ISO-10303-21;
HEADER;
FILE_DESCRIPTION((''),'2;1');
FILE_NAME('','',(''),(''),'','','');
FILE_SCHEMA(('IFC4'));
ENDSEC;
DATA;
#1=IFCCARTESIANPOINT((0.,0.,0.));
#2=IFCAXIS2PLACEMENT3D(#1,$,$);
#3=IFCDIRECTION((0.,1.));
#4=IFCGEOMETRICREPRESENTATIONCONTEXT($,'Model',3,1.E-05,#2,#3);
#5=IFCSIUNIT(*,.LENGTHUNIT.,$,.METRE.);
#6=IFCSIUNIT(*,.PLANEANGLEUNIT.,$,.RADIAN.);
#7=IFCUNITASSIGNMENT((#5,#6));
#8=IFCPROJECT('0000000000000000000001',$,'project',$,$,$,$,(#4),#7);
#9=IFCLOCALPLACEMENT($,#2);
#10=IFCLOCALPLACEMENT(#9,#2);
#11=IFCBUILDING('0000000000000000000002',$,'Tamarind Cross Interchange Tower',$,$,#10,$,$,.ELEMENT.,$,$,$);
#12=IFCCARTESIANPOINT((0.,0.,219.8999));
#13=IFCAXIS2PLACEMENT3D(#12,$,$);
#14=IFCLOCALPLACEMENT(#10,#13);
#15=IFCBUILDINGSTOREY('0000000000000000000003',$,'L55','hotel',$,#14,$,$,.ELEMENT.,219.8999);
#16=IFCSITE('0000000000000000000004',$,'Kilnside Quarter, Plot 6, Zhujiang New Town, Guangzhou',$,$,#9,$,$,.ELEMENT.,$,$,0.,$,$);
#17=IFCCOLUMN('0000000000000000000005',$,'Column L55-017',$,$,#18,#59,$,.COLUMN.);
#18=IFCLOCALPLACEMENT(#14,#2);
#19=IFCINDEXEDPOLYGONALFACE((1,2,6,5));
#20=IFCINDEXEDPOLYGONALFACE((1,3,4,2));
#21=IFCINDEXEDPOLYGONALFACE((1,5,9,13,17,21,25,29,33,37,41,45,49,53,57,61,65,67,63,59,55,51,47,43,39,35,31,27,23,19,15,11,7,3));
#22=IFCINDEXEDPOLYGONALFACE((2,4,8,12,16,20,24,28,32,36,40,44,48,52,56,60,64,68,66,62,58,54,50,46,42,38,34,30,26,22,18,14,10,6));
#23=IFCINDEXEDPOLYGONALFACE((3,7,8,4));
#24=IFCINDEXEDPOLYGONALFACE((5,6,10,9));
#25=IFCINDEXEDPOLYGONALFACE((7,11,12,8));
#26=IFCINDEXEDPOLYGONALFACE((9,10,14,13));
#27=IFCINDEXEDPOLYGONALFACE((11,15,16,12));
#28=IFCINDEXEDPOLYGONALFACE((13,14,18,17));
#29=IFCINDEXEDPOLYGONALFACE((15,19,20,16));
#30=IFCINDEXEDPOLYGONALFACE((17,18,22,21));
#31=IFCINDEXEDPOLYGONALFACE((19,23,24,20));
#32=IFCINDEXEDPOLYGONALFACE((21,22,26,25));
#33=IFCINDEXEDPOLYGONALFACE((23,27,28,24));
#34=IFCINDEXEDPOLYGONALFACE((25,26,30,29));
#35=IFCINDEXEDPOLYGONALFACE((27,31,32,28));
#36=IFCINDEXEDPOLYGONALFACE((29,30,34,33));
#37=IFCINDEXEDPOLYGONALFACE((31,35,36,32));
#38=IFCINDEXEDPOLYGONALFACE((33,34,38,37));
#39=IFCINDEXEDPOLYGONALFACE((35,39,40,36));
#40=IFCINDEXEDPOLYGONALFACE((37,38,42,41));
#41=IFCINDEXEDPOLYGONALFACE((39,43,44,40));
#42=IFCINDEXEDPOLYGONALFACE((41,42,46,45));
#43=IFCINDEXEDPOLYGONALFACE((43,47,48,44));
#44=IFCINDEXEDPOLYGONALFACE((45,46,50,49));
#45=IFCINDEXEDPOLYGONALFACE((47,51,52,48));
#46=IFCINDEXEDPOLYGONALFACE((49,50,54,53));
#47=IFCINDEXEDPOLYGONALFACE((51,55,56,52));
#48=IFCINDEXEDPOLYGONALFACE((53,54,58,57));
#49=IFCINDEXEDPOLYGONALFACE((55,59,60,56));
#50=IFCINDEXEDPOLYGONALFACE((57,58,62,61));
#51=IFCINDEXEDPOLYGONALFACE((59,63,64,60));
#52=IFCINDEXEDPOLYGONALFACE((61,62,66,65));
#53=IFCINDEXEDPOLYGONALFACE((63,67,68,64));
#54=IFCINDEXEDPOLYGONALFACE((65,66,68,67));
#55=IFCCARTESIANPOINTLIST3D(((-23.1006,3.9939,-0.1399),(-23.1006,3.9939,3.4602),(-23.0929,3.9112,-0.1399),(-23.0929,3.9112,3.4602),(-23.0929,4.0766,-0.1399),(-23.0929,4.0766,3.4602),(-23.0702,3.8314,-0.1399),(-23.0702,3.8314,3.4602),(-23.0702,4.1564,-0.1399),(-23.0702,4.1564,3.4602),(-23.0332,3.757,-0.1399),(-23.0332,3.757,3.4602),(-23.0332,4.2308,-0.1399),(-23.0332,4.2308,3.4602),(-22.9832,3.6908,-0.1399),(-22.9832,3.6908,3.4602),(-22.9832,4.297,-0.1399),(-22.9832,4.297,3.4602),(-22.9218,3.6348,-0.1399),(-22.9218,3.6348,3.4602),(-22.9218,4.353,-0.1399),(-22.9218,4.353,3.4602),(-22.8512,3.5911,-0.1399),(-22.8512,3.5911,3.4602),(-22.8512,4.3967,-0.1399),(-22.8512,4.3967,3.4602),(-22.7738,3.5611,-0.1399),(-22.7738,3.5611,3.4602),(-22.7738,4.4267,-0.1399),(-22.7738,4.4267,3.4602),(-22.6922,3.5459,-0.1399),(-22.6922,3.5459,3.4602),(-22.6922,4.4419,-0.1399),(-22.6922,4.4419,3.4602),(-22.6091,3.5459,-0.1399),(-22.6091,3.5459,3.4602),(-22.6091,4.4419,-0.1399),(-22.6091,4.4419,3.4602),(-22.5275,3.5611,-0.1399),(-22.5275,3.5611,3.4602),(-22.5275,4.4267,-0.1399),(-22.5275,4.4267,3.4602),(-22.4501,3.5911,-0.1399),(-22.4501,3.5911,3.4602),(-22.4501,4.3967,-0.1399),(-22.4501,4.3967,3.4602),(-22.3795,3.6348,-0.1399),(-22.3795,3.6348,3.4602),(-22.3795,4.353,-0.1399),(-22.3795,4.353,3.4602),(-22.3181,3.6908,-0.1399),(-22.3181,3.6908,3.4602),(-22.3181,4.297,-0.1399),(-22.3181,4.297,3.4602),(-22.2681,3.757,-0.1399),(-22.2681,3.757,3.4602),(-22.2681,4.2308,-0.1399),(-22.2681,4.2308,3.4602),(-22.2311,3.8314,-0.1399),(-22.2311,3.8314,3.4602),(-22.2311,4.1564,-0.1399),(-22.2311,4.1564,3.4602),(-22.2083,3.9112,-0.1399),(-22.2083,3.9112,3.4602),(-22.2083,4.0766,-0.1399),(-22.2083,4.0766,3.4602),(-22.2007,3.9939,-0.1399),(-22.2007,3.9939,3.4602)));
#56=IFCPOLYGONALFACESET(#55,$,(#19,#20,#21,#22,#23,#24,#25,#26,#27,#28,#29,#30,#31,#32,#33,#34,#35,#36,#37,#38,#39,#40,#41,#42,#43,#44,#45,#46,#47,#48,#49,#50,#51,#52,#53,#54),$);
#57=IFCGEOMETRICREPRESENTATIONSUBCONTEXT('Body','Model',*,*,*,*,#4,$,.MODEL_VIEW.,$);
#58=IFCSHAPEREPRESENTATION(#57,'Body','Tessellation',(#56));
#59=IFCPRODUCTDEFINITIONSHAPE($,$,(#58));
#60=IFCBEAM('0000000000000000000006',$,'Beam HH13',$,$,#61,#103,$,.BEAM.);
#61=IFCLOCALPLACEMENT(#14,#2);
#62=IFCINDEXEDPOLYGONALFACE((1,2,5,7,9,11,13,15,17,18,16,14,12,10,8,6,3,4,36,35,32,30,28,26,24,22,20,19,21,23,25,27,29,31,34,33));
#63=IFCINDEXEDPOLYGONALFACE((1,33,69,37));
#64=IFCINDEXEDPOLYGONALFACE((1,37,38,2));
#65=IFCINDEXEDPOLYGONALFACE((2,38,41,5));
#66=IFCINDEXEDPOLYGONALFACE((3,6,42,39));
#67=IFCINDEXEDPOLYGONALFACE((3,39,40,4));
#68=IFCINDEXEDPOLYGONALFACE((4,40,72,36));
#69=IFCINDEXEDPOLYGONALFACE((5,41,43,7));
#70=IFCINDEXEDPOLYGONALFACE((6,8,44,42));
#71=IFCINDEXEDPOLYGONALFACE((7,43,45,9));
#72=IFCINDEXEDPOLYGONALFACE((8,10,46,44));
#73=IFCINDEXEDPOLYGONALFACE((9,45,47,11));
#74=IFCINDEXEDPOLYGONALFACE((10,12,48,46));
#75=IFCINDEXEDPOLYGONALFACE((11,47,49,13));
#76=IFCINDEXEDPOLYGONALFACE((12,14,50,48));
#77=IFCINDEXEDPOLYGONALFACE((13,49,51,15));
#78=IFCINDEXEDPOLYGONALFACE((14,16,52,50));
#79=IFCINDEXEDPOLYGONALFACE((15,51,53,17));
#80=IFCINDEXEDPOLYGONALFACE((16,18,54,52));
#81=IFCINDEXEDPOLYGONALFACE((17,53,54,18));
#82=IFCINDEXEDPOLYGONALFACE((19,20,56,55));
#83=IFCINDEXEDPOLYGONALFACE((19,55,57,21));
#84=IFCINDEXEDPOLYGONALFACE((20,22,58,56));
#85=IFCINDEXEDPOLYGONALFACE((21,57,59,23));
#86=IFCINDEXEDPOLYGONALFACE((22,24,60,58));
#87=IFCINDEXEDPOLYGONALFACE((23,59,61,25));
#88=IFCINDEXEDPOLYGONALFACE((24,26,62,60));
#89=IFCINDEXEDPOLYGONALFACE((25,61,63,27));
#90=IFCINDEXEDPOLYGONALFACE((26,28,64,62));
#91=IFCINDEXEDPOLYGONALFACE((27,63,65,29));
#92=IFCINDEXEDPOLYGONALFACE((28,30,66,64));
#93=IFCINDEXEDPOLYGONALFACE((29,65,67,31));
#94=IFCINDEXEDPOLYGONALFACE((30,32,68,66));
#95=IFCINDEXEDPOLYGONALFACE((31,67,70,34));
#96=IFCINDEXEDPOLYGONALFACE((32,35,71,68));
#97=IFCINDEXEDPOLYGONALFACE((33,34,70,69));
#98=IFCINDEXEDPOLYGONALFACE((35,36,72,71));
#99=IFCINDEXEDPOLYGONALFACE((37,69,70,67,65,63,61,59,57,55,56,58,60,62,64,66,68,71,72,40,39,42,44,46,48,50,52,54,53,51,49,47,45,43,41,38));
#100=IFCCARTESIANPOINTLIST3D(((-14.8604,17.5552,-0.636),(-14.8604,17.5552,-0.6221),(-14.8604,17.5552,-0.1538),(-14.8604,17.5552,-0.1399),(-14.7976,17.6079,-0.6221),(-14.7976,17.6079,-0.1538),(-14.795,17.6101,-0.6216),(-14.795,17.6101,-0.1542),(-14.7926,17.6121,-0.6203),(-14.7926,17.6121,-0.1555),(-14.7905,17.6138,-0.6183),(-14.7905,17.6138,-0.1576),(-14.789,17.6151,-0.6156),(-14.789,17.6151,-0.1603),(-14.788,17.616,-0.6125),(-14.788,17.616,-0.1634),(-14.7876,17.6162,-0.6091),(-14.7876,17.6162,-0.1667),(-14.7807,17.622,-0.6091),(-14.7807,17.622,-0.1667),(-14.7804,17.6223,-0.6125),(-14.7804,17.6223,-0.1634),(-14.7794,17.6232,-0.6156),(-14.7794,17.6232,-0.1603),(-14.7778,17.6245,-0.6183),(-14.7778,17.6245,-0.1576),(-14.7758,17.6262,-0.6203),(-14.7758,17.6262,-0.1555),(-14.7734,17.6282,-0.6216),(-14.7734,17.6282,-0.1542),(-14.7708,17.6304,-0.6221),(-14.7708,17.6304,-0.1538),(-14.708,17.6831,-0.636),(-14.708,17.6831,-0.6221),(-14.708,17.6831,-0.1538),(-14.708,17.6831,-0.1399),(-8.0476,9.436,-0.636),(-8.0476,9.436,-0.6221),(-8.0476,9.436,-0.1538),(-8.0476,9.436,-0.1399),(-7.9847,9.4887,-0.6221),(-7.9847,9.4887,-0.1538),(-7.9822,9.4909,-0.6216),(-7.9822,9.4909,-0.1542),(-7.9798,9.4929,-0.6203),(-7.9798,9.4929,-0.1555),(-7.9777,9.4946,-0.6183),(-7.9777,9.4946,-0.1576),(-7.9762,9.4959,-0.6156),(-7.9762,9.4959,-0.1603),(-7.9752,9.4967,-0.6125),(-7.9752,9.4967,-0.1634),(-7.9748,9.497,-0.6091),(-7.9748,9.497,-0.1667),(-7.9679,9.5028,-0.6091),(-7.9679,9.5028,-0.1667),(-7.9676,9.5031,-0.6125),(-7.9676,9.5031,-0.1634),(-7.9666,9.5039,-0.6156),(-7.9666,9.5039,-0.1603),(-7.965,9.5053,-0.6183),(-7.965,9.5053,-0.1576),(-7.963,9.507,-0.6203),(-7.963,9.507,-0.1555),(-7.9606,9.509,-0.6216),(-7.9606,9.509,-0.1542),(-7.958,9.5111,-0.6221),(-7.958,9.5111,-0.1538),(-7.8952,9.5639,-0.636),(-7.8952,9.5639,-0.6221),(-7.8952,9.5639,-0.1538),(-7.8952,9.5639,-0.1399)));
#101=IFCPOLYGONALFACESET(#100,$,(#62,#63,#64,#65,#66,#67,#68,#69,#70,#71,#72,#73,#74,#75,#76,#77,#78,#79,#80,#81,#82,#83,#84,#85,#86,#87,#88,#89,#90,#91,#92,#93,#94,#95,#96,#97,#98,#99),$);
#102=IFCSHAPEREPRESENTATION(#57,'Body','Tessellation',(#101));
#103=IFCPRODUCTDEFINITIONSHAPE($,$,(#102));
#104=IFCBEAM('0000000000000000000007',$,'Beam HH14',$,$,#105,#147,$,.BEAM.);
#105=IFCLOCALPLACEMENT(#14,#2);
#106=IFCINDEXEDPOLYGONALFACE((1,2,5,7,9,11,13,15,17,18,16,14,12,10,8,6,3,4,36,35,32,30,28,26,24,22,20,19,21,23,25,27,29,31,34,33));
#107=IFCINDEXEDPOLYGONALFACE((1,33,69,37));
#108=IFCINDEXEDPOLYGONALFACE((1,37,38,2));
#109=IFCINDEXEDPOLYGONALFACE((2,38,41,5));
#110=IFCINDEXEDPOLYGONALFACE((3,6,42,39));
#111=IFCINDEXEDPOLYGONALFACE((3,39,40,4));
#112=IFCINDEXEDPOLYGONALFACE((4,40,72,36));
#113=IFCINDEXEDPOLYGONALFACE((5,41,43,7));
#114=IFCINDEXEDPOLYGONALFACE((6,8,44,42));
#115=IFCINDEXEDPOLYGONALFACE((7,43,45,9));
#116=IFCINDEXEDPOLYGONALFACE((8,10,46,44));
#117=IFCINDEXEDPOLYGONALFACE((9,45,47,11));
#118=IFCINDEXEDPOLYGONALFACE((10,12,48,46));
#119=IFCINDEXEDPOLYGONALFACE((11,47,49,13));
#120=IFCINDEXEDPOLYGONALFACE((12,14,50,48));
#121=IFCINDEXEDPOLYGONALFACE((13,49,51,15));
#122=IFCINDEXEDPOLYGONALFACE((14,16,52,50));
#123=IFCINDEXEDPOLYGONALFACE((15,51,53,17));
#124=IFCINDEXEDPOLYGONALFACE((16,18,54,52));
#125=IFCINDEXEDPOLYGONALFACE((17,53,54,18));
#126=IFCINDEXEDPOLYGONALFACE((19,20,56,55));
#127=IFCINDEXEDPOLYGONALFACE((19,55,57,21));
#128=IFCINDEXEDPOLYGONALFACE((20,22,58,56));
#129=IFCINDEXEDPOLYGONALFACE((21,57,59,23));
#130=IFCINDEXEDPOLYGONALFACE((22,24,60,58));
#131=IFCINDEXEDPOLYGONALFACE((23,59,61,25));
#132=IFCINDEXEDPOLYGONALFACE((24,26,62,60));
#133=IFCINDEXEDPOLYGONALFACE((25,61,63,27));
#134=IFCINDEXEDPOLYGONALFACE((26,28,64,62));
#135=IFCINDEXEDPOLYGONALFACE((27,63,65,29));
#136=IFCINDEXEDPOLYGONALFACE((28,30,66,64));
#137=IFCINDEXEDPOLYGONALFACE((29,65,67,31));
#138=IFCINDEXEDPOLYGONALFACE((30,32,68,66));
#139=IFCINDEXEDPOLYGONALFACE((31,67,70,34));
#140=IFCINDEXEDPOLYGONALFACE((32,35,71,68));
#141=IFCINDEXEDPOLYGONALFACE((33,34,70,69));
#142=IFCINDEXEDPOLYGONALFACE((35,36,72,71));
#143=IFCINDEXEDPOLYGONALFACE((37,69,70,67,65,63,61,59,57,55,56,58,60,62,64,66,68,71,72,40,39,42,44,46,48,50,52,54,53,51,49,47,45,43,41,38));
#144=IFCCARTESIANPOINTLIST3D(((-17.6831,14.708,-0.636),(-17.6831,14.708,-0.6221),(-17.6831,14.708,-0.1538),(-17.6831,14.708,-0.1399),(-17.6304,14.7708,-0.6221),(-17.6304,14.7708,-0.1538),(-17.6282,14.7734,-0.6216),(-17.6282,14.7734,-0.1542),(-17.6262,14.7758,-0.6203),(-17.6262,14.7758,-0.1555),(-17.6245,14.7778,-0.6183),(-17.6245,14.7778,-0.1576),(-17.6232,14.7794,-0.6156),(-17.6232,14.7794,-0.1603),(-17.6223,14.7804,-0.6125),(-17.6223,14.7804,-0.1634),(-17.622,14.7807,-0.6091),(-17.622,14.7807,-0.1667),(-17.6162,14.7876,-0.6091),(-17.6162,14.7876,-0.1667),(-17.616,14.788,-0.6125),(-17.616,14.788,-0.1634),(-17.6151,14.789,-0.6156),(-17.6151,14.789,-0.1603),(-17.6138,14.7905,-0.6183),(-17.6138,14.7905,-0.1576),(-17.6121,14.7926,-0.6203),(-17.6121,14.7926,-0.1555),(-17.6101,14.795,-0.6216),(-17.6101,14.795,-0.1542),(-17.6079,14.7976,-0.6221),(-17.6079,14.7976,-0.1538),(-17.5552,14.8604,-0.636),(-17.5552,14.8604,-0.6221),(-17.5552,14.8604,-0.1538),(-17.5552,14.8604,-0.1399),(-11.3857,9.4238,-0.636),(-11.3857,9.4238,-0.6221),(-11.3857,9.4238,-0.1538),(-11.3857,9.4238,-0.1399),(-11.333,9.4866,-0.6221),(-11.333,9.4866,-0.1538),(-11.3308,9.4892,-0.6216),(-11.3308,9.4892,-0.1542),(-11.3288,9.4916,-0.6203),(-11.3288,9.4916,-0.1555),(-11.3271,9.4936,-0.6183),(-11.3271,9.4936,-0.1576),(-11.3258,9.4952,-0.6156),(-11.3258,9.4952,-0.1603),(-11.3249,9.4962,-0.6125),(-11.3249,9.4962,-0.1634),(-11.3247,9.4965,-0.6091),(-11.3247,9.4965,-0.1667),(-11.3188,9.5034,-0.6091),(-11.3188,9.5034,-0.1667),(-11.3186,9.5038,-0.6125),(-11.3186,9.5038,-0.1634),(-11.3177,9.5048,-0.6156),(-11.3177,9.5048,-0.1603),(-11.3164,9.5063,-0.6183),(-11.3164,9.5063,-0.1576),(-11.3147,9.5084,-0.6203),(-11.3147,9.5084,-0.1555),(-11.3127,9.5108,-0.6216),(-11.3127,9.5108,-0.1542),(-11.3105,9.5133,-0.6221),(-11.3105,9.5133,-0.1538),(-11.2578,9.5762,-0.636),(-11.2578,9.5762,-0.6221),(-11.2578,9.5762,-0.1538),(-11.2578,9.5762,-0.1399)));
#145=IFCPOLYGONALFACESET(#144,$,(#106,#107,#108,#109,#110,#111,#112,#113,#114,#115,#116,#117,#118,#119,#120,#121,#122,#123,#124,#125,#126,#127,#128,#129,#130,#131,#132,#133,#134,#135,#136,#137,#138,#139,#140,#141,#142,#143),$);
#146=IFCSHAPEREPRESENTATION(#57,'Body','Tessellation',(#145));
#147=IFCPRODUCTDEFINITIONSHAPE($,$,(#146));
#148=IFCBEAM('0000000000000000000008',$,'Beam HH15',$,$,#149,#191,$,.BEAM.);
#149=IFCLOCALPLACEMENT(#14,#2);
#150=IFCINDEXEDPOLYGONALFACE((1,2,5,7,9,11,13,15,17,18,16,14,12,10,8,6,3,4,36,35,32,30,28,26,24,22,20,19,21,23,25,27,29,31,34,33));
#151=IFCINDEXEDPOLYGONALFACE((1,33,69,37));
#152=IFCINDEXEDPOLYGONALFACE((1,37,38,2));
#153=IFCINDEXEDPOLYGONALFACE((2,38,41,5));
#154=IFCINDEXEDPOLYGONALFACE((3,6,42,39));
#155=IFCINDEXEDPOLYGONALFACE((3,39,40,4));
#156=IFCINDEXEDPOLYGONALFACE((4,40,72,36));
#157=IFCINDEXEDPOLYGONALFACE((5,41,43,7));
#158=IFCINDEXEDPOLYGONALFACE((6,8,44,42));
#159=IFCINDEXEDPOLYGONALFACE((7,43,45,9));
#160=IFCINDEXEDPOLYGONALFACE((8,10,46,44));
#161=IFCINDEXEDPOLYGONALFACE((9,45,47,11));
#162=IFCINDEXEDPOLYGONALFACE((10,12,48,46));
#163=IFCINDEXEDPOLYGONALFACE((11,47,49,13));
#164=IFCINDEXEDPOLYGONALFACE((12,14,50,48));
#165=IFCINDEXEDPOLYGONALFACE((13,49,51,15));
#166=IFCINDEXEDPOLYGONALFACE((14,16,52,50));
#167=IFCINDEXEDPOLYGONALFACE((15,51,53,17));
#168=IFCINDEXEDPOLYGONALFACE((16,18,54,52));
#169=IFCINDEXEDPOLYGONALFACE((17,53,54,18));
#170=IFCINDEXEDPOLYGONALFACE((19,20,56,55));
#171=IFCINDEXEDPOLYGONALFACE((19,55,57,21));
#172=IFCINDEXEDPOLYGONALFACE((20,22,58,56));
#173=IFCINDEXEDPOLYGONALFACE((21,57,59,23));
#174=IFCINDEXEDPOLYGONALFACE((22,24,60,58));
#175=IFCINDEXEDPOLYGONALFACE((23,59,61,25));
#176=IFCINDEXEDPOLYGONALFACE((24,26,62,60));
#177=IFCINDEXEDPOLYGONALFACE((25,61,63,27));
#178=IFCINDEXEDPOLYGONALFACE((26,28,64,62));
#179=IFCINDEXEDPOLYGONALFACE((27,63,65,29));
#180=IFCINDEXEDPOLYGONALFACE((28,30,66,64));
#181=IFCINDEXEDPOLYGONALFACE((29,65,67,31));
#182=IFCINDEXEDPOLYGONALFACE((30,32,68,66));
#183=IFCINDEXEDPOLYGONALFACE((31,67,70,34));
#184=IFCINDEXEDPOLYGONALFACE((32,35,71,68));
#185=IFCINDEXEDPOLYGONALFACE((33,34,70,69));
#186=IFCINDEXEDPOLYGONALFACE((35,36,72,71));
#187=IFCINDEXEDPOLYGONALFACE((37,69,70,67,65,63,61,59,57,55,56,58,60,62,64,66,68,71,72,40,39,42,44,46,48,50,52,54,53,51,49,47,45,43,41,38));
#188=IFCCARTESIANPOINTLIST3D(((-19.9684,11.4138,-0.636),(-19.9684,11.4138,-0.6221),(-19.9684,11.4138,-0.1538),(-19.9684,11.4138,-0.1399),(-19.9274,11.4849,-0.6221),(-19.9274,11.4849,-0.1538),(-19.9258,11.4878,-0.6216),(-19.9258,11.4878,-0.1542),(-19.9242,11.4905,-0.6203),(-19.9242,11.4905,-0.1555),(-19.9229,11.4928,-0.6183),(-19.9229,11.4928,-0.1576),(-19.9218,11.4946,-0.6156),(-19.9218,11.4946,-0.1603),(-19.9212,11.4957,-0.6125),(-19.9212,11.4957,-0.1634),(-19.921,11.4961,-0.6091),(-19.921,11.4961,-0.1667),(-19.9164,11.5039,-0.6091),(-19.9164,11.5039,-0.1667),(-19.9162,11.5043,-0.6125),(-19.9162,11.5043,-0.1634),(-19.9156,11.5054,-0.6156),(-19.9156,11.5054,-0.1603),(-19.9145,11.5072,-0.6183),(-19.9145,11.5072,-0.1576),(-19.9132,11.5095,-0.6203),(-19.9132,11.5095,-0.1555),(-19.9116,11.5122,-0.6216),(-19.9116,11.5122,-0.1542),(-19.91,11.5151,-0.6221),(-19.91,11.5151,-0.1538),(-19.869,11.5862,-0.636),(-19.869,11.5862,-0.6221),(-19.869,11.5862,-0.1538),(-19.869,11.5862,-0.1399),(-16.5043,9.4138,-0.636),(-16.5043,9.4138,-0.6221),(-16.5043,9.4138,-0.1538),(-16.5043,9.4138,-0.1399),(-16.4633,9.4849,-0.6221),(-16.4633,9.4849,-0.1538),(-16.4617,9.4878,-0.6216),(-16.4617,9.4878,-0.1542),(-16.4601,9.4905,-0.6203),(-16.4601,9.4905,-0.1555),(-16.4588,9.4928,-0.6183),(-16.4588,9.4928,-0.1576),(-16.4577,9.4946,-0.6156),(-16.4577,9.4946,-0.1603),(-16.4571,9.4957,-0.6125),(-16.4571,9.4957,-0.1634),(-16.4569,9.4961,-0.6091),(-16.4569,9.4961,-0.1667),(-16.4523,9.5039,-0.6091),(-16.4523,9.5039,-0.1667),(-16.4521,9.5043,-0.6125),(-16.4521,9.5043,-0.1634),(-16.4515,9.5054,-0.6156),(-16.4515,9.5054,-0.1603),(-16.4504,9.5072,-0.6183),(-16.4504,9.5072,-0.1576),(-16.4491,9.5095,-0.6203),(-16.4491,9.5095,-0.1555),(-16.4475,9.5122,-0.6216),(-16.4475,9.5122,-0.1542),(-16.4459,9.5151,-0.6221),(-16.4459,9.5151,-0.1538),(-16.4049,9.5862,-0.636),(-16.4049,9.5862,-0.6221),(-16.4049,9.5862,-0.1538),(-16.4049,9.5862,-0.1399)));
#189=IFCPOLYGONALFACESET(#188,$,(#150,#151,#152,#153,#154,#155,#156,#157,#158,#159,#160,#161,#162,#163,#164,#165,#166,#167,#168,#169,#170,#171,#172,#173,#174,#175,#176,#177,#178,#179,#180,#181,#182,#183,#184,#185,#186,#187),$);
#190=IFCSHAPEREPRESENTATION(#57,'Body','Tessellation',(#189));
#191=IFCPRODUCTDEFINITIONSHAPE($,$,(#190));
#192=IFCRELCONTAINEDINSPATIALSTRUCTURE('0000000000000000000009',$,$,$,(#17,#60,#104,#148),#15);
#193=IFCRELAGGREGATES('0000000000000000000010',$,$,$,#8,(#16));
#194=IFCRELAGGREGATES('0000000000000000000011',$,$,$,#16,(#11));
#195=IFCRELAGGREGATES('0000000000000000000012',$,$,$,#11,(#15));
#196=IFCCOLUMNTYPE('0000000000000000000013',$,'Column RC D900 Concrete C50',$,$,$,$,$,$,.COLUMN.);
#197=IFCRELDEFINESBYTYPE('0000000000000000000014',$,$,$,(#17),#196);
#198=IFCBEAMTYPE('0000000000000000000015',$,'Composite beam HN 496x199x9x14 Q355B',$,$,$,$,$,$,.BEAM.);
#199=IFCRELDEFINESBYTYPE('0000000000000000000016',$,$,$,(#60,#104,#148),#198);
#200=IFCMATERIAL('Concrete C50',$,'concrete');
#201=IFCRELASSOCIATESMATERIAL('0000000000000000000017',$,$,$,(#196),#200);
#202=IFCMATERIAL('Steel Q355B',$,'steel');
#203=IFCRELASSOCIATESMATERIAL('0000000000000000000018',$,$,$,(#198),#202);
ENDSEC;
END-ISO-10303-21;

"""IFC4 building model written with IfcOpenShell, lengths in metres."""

from ifc_helpers import new_model, si_unit, direction, frame, origin, origin_2d, place, context, subcontext, project, spatial, circle, i_section, extrude, material, material_profile, profile_set, type_object, element, save


model = new_model("IFC4")

# Units and contexts
model_context = context("Model", 3, precision=1e-05, world=origin(), true_north=direction((0.0, 1.0)))
body_context = subcontext(model_context, "Body", "Model", "MODEL_VIEW")
ifc_project = project(units=[si_unit("LENGTHUNIT", "METRE"), si_unit("PLANEANGLEUNIT", "RADIAN")], contexts=[model_context])

# Site, building, storey
site_placement = place(None, origin())
site = spatial("IfcSite", under=ifc_project, at=site_placement, Name="Kilnside Quarter, Plot 6, Zhujiang New Town, Guangzhou", CompositionType="ELEMENT", RefElevation=0.0)
building_placement = place(site_placement, origin())
building = spatial("IfcBuilding", under=site, at=building_placement, Name="Tamarind Cross Interchange Tower", CompositionType="ELEMENT")
storey_placement = place(building_placement, frame((0.0, 0.0, 219.8999)))
storey = spatial("IfcBuildingStorey", under=building, at=storey_placement, Name="L55", Description="hotel", CompositionType="ELEMENT", Elevation=219.8999)

# Column
ifc_material_1 = material(Name="Concrete C50", Category="concrete")
ifc_material_profile_1 = material_profile(ifc_material_1, circle(Radius=0.45, at=origin_2d()), Name="RC D900")
ifc_profile_set_1 = profile_set([ifc_material_profile_1], Name="Concrete C50")
column_type = type_object("IfcColumnType", Name="Column RC D900 Concrete C50", PredefinedType="COLUMN", material=ifc_profile_set_1)
for number, where, z_axis, x_axis, name in (
    (1, (-22.6506, 3.9939, -0.1399), (0.0, 0.0, 1.0), (1.0, 0.0, 0.0), "Column L55-017"),
):
    element("IfcColumn", number, at=place(storey_placement, frame(where, z_axis=z_axis, x_axis=x_axis)), inside=storey, type_object=column_type, Name=name, PredefinedType="COLUMN", context=body_context, shape_type="SweptSolid", body=[
        extrude(circle(Radius=0.45, at=origin_2d()), origin(), (0.0, 0.0, 1.0), 3.6001),
    ])

# Beams
ifc_material_2 = material(Name="Steel Q355B", Category="steel")
ifc_material_profile_2 = material_profile(ifc_material_2, i_section(OverallWidth=0.199, OverallDepth=0.4961, WebThickness=0.009, FlangeThickness=0.0139, FilletRadius=0.0129, at=origin_2d()), Name="HN 496x199x9x14")
ifc_profile_set_2 = profile_set([ifc_material_profile_2], Name="Steel Q355B")
beam_type = type_object("IfcBeamType", Name="Composite beam HN 496x199x9x14 Q355B", PredefinedType="BEAM", material=ifc_profile_set_2)
beam_1_placement = place(storey_placement, frame((-14.7842, 17.6191, -0.3879), z_axis=(0.642786, -0.766046, 0.0), x_axis=(0.766046, 0.642786, 0.0)))
element("IfcBeam", 2, at=beam_1_placement, inside=storey, type_object=beam_type, Name="Beam HH13", PredefinedType="BEAM", context=body_context, shape_type="SweptSolid", body=[
    extrude(i_section(OverallWidth=0.199, OverallDepth=0.4961, WebThickness=0.009, FlangeThickness=0.0139, FilletRadius=0.0129, at=origin_2d()), origin(), (0.0, 0.0, 1.0), 10.5989),
])
beam_2_placement = place(storey_placement, frame((-17.6191, 14.7842, -0.3879), z_axis=(0.766041, -0.642792, 0.0), x_axis=(0.642792, 0.766041, 0.0)))
element("IfcBeam", 3, at=beam_2_placement, inside=storey, type_object=beam_type, Name="Beam HH14", PredefinedType="BEAM", context=body_context, shape_type="SweptSolid", body=[
    extrude(i_section(OverallWidth=0.199, OverallDepth=0.4961, WebThickness=0.009, FlangeThickness=0.0139, FilletRadius=0.0129, at=origin_2d()), origin(), (0.0, 0.0, 1.0), 8.2207),
])
beam_3_placement = place(storey_placement, frame((-19.9187, 11.5, -0.3879), z_axis=(0.866026, -0.499999, 0.0), x_axis=(0.499999, 0.866026, 0.0)))
element("IfcBeam", 4, at=beam_3_placement, inside=storey, type_object=beam_type, Name="Beam HH15", PredefinedType="BEAM", context=body_context, shape_type="SweptSolid", body=[
    extrude(i_section(OverallWidth=0.199, OverallDepth=0.4961, WebThickness=0.009, FlangeThickness=0.0139, FilletRadius=0.0129, at=origin_2d()), origin(), (0.0, 0.0, 1.0), 4.0),
])

save(model, "model.ifc")
